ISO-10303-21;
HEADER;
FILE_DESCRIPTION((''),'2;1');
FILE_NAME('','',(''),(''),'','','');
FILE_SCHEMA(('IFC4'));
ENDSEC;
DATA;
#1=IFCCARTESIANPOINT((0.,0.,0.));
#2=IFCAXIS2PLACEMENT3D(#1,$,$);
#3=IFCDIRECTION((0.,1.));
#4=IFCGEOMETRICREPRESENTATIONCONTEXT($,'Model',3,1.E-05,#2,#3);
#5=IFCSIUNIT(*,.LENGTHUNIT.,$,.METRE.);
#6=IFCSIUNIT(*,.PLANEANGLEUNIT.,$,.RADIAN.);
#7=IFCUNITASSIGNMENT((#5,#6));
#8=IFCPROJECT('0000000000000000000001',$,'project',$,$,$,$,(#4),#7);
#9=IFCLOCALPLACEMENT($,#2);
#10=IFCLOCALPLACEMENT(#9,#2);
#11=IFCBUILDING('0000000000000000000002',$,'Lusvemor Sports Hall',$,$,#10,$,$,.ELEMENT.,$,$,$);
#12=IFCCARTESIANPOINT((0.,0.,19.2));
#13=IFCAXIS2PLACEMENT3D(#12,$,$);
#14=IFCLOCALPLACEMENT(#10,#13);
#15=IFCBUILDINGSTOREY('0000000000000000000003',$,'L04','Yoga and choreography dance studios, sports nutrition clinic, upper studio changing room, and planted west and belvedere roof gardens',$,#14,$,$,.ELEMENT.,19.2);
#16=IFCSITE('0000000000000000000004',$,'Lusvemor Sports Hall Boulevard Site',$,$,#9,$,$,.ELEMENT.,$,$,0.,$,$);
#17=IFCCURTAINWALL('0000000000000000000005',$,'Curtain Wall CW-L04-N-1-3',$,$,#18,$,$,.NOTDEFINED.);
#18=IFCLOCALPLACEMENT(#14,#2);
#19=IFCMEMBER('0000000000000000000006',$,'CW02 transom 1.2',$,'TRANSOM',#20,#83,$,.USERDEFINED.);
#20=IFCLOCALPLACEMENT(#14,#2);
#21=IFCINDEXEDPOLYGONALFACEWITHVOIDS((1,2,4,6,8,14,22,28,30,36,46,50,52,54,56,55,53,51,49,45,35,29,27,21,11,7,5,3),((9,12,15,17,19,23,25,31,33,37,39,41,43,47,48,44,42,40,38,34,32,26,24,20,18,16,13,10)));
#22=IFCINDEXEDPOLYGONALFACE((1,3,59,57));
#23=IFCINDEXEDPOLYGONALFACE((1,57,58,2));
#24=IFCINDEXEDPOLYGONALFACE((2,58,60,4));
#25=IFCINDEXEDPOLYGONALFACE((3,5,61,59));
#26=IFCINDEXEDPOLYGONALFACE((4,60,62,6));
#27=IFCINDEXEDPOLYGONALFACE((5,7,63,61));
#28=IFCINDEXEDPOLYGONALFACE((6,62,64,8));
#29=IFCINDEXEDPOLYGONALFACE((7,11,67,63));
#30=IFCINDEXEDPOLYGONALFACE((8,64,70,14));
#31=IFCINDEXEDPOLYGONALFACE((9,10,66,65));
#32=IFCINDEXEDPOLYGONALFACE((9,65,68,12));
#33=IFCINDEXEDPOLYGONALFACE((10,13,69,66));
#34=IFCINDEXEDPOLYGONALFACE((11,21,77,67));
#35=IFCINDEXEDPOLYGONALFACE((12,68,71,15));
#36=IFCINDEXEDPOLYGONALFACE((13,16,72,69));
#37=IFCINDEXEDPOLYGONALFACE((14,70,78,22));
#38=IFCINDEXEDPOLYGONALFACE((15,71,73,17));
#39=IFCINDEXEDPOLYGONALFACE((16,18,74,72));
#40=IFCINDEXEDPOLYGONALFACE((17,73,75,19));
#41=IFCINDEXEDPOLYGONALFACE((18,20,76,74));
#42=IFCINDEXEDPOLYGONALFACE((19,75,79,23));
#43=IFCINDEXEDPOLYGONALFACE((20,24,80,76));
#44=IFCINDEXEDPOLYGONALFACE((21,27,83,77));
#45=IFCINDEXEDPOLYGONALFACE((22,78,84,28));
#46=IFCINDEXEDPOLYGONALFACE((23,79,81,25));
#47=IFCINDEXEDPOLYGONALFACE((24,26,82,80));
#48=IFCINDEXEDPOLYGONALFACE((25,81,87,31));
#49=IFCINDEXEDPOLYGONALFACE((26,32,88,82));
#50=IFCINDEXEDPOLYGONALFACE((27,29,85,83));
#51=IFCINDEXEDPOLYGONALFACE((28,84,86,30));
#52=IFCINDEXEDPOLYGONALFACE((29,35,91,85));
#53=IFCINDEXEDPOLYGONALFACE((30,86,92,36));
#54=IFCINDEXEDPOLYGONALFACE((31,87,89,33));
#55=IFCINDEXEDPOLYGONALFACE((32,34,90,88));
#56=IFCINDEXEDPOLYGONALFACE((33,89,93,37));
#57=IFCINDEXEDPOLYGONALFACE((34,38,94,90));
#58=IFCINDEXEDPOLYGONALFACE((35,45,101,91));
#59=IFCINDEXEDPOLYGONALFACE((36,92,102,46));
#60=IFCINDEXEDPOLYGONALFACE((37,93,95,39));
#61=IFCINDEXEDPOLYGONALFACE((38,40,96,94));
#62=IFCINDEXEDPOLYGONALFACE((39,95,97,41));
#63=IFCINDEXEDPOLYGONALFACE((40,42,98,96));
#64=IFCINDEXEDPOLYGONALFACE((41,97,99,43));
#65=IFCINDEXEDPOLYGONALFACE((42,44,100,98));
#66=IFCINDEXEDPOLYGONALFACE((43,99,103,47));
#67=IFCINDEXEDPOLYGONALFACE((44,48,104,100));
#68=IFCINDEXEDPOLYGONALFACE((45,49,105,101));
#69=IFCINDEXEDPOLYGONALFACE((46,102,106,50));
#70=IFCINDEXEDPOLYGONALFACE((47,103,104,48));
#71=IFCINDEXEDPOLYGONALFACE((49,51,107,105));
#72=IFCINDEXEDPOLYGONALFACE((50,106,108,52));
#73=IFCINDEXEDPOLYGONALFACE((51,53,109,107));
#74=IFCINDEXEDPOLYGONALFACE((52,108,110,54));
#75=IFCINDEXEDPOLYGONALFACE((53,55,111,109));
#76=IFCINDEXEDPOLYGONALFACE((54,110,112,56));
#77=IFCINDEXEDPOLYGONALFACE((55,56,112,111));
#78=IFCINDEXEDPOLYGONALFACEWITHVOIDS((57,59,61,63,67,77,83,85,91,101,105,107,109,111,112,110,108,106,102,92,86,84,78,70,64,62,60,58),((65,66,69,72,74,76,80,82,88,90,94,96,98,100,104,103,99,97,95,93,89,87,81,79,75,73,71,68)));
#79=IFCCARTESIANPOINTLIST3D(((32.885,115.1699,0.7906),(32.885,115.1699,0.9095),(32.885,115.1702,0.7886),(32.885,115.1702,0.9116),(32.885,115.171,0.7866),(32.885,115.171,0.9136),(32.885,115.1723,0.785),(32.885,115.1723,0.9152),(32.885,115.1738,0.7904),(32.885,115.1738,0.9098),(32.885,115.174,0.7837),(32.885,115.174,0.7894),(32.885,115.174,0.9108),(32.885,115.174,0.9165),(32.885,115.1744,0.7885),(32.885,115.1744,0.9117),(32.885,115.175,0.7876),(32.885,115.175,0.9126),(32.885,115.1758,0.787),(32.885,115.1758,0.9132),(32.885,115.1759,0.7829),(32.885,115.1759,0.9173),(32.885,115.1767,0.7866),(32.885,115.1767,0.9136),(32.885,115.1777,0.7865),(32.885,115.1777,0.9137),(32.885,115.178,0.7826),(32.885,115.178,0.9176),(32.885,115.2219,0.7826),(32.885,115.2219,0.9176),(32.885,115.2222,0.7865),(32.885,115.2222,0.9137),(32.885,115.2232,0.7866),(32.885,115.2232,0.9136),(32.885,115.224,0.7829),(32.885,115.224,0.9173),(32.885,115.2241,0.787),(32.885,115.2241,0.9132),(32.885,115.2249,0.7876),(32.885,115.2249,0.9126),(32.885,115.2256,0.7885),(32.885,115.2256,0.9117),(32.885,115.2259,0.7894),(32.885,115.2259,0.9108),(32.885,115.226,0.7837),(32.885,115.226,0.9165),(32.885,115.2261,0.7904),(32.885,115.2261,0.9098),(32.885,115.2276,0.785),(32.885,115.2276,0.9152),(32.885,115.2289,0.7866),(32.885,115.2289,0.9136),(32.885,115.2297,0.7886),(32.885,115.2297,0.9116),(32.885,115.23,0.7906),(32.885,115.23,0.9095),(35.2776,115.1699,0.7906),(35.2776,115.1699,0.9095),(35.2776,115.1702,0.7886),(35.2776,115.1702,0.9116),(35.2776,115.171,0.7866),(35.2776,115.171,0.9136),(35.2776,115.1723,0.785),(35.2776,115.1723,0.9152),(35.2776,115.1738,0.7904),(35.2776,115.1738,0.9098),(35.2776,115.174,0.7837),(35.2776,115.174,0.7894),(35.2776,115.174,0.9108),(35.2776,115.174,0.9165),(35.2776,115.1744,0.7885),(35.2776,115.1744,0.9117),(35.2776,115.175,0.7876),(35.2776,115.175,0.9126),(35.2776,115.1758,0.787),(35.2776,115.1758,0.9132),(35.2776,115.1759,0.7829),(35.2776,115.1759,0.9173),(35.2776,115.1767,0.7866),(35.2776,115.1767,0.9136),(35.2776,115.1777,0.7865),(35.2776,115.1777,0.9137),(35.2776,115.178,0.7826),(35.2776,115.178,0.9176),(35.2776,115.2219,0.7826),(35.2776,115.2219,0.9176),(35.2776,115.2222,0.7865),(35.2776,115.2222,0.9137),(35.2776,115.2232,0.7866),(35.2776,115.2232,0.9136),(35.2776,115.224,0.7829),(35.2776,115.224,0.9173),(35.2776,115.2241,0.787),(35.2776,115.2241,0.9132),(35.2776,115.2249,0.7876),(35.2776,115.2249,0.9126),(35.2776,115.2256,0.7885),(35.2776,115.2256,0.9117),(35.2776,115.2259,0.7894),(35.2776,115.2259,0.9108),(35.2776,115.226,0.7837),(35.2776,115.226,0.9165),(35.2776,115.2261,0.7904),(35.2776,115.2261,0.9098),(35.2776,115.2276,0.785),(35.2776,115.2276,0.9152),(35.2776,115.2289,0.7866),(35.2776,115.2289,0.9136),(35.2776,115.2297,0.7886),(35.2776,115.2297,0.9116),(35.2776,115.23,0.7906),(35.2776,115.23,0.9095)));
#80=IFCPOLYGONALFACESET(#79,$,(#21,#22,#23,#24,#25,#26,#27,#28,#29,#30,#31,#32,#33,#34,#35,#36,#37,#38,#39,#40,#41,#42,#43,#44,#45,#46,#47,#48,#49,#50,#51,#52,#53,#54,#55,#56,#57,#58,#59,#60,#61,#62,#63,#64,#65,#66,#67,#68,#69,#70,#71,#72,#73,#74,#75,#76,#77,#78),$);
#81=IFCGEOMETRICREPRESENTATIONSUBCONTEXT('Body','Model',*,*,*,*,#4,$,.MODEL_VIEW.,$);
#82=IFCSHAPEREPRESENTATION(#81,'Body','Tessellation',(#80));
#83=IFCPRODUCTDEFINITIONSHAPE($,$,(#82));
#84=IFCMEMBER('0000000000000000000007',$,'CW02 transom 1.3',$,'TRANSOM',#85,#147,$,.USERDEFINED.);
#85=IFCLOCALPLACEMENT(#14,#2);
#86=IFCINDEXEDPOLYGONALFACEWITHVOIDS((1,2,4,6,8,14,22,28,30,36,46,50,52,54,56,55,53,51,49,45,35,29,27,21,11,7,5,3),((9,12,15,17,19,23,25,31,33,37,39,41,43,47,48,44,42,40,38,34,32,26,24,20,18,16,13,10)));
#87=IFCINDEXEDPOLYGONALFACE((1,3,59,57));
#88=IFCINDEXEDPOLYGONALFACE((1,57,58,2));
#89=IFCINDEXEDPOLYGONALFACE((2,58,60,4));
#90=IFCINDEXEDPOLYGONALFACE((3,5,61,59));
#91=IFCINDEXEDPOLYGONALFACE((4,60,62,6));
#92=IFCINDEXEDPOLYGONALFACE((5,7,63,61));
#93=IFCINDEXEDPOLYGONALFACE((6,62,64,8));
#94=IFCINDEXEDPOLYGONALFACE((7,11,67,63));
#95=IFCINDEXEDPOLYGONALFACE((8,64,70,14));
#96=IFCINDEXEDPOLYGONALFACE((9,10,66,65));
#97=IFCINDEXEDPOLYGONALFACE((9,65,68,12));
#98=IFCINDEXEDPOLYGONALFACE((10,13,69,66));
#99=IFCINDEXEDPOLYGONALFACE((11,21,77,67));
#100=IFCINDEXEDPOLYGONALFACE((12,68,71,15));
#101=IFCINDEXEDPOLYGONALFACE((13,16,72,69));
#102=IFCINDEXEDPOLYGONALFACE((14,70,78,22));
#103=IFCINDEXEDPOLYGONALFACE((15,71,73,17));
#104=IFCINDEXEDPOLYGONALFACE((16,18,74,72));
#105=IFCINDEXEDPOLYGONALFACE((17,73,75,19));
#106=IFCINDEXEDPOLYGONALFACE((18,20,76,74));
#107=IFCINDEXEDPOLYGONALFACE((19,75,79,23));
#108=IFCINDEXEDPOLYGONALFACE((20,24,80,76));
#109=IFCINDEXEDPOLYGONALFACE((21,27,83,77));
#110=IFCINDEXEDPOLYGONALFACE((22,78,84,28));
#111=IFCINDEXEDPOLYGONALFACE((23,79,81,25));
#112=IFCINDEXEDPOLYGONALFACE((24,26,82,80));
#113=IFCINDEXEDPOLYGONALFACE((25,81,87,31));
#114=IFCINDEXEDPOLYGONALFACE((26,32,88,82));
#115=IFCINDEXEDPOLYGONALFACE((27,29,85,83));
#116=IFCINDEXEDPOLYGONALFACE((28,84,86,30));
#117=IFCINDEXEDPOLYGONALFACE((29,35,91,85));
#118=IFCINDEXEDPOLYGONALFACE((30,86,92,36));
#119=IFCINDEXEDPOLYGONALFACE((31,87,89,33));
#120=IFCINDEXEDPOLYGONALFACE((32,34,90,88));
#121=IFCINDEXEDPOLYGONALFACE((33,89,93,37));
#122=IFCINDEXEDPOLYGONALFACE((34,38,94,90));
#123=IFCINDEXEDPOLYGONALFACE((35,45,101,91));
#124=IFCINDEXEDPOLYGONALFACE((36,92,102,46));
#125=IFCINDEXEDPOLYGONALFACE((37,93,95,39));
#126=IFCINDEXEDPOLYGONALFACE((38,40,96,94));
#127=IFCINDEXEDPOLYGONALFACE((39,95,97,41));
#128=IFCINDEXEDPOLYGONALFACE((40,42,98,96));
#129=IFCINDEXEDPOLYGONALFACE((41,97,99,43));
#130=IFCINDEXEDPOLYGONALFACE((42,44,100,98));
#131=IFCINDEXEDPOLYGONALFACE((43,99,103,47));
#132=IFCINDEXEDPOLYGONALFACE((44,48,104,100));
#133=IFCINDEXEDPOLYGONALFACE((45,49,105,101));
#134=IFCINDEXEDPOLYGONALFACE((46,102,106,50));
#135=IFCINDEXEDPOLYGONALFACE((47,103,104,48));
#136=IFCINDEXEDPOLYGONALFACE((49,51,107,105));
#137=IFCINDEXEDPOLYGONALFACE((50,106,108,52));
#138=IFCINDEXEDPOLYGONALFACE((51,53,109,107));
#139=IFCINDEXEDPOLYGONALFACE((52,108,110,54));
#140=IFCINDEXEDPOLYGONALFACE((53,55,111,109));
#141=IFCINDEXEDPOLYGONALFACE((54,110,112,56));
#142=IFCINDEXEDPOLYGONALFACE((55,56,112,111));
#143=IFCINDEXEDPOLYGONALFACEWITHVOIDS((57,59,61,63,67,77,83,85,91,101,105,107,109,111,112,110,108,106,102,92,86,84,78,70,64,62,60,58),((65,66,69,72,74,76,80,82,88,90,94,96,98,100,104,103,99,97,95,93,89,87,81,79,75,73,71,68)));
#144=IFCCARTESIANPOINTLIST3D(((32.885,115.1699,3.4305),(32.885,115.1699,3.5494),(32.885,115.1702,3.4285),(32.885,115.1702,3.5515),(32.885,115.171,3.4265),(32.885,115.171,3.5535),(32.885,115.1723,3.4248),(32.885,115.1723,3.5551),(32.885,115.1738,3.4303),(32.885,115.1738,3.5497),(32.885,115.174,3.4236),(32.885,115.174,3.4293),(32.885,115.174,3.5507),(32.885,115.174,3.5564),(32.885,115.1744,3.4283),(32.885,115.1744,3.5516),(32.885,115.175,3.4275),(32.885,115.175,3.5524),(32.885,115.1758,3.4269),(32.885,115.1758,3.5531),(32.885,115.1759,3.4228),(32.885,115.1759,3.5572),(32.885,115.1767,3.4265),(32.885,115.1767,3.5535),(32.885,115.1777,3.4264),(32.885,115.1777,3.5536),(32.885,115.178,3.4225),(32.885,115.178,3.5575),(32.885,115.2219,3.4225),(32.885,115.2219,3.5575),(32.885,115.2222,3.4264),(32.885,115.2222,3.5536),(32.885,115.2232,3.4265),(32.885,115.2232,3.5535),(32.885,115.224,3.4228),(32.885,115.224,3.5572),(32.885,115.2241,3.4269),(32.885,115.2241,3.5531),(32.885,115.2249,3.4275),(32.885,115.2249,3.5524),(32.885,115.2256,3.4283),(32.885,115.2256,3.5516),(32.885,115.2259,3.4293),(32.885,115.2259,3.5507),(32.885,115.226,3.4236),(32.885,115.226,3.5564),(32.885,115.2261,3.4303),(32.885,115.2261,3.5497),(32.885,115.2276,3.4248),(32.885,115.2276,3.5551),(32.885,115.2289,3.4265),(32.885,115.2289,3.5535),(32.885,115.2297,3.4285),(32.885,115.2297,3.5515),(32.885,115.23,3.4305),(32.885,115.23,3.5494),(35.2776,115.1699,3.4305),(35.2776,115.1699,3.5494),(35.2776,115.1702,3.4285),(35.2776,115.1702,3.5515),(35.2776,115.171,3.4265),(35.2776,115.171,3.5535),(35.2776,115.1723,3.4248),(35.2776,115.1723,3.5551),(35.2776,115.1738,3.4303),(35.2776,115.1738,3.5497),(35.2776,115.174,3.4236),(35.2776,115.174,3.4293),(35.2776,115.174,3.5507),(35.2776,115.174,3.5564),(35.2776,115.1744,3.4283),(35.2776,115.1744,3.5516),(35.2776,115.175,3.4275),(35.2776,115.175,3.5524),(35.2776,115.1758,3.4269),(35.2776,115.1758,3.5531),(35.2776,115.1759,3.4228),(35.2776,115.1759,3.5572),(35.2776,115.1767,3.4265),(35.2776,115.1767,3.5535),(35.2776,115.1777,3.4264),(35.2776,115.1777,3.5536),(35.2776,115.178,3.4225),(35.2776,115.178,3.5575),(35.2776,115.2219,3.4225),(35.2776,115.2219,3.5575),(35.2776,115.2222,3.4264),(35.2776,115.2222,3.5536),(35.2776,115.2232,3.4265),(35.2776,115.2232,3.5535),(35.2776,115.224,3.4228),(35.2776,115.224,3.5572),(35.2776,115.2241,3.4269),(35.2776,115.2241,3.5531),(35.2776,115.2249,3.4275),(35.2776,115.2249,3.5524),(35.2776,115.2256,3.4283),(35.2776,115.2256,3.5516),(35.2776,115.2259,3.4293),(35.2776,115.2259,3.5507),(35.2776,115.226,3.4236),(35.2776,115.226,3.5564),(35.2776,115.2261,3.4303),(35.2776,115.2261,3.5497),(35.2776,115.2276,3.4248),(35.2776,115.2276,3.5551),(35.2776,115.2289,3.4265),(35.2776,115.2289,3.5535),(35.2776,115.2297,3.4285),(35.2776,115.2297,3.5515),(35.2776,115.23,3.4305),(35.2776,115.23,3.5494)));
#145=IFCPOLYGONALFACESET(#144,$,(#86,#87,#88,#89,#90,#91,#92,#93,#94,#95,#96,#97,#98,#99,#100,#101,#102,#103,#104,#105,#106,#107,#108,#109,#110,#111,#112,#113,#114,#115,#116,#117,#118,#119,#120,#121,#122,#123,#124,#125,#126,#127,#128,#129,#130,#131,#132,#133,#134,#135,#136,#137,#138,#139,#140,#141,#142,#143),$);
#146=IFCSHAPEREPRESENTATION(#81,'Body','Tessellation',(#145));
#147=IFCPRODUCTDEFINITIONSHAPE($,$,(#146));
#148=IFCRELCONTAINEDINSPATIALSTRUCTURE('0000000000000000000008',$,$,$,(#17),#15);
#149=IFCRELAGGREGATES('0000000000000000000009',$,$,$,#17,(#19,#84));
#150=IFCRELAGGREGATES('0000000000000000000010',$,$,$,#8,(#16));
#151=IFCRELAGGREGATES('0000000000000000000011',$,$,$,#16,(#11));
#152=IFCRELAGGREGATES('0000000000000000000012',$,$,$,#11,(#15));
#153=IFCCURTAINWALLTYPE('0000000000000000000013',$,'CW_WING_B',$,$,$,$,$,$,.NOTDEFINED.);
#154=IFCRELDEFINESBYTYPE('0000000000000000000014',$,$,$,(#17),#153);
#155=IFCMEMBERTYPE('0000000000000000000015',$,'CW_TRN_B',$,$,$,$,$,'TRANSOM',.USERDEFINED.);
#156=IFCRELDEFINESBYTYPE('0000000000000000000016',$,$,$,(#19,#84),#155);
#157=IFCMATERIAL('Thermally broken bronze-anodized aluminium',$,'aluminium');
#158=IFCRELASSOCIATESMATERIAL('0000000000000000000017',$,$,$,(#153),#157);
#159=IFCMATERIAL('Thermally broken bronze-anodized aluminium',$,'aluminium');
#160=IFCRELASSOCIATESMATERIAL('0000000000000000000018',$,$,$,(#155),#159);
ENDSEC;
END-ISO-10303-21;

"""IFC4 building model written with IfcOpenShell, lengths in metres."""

from ifc_helpers import new_model, si_unit, direction, frame, origin, origin_2d, place, context, subcontext, project, spatial, hollow_rectangle, extrude, material, material_profile, profile_set, type_object, element, aggregate, save


model = new_model("IFC4")

# Units and contexts
model_context = context("Model", 3, precision=1e-05, world=origin(), true_north=direction((0.0, 1.0)))
body_context = subcontext(model_context, "Body", "Model", "MODEL_VIEW")
ifc_project = project(units=[si_unit("LENGTHUNIT", "METRE"), si_unit("PLANEANGLEUNIT", "RADIAN")], contexts=[model_context])

# Site, building, storey
site_placement = place(None, origin())
site = spatial("IfcSite", under=ifc_project, at=site_placement, Name="Lusvemor Sports Hall Boulevard Site", CompositionType="ELEMENT", RefElevation=0.0)
building_placement = place(site_placement, origin())
building = spatial("IfcBuilding", under=site, at=building_placement, Name="Lusvemor Sports Hall", CompositionType="ELEMENT")
storey_placement = place(building_placement, frame((0.0, 0.0, 19.2)))
storey = spatial("IfcBuildingStorey", under=building, at=storey_placement, Name="L04", Description="Yoga and choreography dance studios, sports nutrition clinic, upper studio changing room, and planted west and belvedere roof gardens", CompositionType="ELEMENT", Elevation=19.2)

# Curtain wall, members
ifc_material_1 = material(Name="Thermally broken bronze-anodized aluminium", Category="aluminium")
curtain_wall_type_1 = type_object("IfcCurtainWallType", Name="CW_WING_B", PredefinedType="NOTDEFINED", material=ifc_material_1)
curtain_wall_1_placement = place(storey_placement, origin())
curtain_wall_1 = element("IfcCurtainWall", 1, at=curtain_wall_1_placement, inside=storey, type_object=curtain_wall_type_1, Name="Curtain Wall CW-L04-N-1-3", PredefinedType="NOTDEFINED")
ifc_material_2 = material(Name="Thermally broken bronze-anodized aluminium", Category="aluminium")
ifc_material_profile_1 = material_profile(ifc_material_2, hollow_rectangle(XDim=0.0601, YDim=0.135, WallThickness=0.0039, InnerFilletRadius=0.0039, OuterFilletRadius=0.0081, at=origin_2d()), Name="CWTRN135x60x4")
ifc_profile_set_1 = profile_set([ifc_material_profile_1], Name="Thermally broken bronze-anodized aluminium")
member_type_1 = type_object("IfcMemberType", Name="CW_TRN_B", ElementType="TRANSOM", PredefinedType="USERDEFINED", material=ifc_profile_set_1)
member_1_placement = place(storey_placement, frame((32.885, 115.2, 0.8501), z_axis=(1.0, 0.0, 0.0), x_axis=(0.0, 1.0, 0.0)))
member_1 = element("IfcMember", 2, at=member_1_placement, type_object=member_type_1, Name="CW02 transom 1.2", ObjectType="TRANSOM", PredefinedType="USERDEFINED", context=body_context, shape_type="SweptSolid", body=[
    extrude(hollow_rectangle(XDim=0.0601, YDim=0.135, WallThickness=0.0039, InnerFilletRadius=0.0039, OuterFilletRadius=0.0081, at=origin_2d()), origin(), (0.0, 0.0, 1.0), 2.3926),
])
member_2_placement = place(storey_placement, frame((32.885, 115.2, 3.49), z_axis=(1.0, 0.0, 0.0), x_axis=(0.0, 1.0, 0.0)))
member_2 = element("IfcMember", 3, at=member_2_placement, type_object=member_type_1, Name="CW02 transom 1.3", ObjectType="TRANSOM", PredefinedType="USERDEFINED", context=body_context, shape_type="SweptSolid", body=[
    extrude(hollow_rectangle(XDim=0.0601, YDim=0.135, WallThickness=0.0039, InnerFilletRadius=0.0039, OuterFilletRadius=0.0081, at=origin_2d()), origin(), (0.0, 0.0, 1.0), 2.3926),
])

aggregate(curtain_wall_1, [member_1, member_2])

save(model, "model.ifc")
